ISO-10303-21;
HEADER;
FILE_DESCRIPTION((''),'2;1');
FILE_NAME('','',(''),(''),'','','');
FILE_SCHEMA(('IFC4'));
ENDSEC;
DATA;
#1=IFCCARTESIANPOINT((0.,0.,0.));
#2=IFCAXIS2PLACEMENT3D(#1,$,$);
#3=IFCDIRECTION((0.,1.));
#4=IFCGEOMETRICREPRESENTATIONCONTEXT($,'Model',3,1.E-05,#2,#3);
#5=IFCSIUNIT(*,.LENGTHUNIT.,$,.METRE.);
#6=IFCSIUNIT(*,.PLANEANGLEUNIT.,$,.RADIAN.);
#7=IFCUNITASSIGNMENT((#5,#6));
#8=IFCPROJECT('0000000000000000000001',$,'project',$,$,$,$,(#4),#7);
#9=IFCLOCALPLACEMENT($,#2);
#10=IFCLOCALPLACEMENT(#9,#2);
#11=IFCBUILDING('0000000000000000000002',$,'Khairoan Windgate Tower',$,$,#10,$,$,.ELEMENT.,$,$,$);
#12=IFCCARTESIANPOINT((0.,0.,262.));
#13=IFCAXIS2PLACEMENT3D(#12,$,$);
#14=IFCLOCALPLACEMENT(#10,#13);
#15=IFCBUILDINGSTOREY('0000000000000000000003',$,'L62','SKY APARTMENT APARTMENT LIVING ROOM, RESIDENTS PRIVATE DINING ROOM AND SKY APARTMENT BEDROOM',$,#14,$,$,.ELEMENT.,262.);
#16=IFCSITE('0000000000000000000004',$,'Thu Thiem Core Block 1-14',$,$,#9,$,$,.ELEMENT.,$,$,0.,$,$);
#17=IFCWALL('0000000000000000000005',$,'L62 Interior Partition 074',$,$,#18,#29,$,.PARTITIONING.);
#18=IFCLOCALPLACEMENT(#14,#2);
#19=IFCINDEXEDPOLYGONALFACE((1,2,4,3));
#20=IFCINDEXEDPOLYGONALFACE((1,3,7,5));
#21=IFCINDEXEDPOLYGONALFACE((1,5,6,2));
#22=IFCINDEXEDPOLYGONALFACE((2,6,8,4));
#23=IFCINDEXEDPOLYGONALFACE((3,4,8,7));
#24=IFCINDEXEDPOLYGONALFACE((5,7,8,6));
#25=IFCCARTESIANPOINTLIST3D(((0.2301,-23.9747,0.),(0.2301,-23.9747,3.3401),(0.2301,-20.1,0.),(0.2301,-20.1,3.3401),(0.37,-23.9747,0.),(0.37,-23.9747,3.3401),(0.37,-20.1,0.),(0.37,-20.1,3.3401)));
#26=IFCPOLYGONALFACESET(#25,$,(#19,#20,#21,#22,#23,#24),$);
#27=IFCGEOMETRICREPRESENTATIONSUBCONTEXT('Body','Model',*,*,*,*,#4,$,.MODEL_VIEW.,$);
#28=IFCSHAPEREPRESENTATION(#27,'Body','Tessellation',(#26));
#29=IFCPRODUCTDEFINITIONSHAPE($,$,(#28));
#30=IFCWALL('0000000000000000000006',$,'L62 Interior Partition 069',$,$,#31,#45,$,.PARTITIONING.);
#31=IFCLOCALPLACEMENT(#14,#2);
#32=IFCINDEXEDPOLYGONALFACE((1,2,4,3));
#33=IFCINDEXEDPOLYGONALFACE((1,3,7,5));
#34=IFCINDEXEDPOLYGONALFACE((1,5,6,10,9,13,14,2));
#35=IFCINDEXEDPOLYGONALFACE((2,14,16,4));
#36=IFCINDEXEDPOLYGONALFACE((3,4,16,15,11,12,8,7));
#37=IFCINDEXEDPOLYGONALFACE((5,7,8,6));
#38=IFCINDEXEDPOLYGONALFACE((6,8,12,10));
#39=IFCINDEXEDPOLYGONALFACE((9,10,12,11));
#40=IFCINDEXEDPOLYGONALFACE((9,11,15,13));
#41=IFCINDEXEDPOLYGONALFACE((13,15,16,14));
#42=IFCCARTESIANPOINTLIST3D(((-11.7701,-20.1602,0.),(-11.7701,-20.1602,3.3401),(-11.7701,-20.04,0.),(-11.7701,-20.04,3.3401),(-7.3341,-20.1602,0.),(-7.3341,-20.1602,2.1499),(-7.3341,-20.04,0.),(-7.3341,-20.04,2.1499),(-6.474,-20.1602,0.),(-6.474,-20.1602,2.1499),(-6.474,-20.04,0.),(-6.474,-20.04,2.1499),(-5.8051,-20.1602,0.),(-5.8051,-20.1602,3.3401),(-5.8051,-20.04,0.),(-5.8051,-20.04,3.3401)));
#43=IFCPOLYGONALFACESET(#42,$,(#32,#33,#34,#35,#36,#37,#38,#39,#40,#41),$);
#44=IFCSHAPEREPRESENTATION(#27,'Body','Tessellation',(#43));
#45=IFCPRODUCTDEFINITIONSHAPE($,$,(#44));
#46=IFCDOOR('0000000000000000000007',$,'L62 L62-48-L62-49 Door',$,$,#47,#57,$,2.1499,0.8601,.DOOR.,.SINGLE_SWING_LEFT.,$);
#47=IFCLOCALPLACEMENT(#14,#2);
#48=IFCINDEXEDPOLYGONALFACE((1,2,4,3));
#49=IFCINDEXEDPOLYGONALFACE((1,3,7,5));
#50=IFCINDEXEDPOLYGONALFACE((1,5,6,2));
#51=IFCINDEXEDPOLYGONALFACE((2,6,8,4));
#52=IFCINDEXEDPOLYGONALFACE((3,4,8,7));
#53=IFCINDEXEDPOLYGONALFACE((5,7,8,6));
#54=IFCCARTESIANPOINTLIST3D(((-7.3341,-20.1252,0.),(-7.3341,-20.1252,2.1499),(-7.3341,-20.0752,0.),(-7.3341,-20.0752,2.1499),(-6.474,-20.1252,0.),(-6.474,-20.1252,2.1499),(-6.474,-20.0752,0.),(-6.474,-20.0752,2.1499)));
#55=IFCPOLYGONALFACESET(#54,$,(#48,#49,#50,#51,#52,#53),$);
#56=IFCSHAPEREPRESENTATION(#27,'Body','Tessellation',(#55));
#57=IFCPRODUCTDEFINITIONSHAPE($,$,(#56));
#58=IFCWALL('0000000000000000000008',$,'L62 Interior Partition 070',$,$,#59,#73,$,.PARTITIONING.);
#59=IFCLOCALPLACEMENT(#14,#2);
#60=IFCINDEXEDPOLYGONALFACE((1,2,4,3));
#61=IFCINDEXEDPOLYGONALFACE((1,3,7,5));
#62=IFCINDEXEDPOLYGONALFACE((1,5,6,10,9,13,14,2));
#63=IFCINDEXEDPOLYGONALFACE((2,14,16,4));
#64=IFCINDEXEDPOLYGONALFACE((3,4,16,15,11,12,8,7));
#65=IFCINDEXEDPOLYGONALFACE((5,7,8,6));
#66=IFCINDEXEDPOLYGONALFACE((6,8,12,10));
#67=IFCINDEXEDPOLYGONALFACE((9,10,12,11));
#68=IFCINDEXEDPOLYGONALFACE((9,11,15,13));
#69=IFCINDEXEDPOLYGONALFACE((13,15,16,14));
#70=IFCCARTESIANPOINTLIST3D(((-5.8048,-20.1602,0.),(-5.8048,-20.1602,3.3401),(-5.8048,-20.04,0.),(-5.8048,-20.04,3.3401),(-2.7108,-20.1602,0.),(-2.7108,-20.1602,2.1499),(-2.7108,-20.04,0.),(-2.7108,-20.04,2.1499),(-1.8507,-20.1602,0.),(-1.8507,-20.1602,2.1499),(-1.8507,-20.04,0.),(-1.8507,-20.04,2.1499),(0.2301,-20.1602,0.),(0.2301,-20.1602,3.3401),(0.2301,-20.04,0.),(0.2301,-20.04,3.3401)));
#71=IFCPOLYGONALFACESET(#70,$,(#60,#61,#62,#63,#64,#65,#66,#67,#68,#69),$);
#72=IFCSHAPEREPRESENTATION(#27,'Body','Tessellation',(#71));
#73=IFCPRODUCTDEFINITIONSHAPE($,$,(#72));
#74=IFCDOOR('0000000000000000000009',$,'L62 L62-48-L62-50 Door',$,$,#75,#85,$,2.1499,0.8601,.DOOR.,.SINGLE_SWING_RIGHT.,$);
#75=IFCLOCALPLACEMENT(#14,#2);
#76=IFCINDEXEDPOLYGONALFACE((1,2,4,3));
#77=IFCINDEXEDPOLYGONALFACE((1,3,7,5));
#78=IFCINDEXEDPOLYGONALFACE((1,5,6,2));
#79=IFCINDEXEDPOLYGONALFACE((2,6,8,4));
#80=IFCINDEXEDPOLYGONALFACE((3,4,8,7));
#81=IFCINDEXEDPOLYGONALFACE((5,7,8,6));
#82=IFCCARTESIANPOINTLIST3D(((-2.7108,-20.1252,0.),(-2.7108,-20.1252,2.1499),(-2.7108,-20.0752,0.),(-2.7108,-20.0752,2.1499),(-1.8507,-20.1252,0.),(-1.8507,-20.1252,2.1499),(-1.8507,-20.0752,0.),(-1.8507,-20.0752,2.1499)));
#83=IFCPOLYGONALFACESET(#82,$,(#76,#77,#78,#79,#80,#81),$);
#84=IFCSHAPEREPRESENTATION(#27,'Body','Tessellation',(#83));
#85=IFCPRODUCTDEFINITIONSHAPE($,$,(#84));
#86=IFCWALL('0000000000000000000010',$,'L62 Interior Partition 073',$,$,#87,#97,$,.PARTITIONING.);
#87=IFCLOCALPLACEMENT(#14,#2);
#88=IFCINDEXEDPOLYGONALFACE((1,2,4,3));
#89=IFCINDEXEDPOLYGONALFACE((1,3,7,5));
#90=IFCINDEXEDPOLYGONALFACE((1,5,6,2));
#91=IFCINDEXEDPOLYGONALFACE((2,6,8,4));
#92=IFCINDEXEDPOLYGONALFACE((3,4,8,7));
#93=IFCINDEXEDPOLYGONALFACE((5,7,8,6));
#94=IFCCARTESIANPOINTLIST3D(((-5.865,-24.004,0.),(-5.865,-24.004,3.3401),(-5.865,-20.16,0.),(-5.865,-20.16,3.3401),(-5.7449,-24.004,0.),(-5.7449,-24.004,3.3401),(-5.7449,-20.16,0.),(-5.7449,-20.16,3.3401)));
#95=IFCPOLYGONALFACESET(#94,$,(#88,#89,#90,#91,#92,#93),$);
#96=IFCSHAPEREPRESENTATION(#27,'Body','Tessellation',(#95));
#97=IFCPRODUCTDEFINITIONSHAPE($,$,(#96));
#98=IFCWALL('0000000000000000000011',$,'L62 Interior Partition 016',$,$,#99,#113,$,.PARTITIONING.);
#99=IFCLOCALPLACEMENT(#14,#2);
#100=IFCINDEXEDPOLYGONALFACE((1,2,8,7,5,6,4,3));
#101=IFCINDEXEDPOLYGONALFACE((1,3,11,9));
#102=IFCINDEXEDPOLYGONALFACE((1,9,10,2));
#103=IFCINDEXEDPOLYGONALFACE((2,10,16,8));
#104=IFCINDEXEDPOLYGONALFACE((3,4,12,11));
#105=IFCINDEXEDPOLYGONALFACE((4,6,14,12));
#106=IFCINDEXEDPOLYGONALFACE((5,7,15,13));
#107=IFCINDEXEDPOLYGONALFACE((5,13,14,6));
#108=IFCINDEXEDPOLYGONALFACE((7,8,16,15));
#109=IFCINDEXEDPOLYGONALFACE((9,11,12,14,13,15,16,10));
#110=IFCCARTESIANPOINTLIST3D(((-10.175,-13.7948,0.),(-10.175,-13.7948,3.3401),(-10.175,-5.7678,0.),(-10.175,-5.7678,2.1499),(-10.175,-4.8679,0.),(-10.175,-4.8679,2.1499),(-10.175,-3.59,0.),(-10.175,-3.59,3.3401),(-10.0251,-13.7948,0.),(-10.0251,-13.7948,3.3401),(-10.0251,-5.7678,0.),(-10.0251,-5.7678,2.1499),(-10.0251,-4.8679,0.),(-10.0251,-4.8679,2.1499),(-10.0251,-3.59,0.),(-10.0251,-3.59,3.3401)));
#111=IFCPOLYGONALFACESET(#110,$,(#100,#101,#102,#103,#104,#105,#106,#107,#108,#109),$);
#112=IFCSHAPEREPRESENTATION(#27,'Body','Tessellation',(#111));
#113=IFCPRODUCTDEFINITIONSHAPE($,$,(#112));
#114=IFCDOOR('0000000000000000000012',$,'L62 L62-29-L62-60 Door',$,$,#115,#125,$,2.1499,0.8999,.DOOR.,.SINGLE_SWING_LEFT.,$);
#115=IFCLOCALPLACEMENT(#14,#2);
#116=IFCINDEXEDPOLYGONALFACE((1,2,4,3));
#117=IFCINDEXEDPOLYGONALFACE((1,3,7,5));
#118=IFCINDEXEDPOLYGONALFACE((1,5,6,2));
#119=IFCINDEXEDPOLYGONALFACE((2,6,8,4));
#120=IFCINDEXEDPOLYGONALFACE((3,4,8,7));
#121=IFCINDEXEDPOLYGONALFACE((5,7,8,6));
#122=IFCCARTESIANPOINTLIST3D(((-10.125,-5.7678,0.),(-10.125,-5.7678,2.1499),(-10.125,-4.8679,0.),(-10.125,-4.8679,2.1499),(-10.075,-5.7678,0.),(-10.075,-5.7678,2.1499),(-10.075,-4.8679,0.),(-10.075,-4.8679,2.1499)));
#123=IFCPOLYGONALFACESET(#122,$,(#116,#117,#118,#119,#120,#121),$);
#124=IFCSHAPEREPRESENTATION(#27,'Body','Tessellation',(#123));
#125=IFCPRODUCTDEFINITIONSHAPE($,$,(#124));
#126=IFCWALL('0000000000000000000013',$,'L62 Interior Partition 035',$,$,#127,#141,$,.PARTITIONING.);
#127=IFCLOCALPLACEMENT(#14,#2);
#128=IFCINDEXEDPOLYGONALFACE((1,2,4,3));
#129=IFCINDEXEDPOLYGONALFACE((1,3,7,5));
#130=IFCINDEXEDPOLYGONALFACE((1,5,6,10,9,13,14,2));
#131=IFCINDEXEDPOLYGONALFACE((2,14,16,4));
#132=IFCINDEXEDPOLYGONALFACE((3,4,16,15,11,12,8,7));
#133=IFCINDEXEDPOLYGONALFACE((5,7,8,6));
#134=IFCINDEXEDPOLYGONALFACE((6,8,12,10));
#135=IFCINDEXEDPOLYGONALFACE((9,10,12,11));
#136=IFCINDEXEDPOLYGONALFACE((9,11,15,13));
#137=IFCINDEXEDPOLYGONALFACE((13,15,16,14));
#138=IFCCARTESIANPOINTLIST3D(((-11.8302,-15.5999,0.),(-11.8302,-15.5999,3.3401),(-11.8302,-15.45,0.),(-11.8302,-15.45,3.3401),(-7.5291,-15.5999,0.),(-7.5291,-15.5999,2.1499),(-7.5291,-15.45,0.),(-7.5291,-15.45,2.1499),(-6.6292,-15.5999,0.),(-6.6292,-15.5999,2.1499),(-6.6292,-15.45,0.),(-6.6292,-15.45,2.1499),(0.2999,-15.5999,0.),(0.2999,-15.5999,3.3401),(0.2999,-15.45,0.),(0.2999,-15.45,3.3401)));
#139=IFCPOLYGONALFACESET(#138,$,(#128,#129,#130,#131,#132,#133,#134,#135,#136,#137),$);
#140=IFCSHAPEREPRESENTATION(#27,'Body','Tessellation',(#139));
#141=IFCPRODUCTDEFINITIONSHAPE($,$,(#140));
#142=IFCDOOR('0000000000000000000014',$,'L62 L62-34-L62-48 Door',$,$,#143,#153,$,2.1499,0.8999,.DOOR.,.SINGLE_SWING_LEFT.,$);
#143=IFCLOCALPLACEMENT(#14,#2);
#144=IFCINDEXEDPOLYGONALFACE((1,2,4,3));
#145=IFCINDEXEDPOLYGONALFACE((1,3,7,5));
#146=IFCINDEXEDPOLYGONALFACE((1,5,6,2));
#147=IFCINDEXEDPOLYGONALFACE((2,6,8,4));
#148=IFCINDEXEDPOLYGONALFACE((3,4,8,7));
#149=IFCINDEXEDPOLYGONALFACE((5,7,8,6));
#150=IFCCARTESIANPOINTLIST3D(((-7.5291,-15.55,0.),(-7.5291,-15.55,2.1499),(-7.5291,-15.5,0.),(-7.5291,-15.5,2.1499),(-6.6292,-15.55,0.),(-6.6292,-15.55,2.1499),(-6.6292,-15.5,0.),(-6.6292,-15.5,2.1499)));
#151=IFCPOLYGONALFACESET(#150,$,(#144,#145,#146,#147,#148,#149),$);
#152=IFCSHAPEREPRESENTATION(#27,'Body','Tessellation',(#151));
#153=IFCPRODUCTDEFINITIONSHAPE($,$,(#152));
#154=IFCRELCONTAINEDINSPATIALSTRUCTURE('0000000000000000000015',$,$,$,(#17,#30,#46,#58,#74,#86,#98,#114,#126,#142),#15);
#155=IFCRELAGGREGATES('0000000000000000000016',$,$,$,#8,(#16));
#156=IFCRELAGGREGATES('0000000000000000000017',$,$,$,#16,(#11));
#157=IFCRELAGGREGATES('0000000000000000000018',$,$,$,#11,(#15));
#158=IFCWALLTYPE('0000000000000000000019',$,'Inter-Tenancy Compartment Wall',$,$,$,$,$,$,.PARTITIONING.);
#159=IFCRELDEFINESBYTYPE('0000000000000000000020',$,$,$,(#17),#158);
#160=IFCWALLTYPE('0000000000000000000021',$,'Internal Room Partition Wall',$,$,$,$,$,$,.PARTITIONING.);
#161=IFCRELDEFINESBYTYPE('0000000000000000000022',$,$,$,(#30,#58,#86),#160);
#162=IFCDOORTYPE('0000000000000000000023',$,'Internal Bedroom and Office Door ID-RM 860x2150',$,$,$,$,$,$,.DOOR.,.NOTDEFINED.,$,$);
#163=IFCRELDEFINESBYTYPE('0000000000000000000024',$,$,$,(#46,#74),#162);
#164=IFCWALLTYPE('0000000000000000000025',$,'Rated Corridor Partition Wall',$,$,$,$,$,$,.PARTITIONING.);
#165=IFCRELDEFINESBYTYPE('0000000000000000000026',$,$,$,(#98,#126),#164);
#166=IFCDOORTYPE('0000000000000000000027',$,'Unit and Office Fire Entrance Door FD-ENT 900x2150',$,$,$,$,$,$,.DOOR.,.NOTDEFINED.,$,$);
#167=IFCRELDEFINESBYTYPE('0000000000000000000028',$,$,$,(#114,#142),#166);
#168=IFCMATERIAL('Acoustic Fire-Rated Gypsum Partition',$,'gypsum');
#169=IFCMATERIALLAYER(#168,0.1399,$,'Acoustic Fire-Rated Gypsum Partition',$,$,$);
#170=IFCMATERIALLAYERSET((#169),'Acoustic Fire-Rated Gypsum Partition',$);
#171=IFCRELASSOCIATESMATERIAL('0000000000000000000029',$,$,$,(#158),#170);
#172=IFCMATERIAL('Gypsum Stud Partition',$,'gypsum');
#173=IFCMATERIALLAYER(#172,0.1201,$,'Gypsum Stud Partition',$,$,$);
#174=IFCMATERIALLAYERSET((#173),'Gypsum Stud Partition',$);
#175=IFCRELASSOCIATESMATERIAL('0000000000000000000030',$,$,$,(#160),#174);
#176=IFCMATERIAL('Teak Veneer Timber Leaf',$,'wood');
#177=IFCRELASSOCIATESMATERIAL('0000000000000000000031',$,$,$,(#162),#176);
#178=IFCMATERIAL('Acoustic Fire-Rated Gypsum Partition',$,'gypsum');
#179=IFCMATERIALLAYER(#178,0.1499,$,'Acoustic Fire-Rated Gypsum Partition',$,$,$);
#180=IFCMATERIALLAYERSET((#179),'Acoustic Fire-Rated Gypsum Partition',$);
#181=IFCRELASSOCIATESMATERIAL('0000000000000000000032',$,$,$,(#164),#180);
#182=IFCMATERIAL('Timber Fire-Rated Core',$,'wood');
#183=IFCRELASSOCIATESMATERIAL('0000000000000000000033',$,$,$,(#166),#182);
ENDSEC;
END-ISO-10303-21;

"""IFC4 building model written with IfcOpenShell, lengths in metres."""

from ifc_helpers import new_model, si_unit, direction, frame, frame_2d, origin, place, context, subcontext, project, spatial, rectangle, extrude, material, layer, layer_set, type_object, element, fill, save


model = new_model("IFC4")

# Units and contexts
model_context = context("Model", 3, precision=1e-05, world=origin(), true_north=direction((0.0, 1.0)))
body_context = subcontext(model_context, "Body", "Model", "MODEL_VIEW")
ifc_project = project(units=[si_unit("LENGTHUNIT", "METRE"), si_unit("PLANEANGLEUNIT", "RADIAN")], contexts=[model_context])

# Site, building, storey
site_placement = place(None, origin())
site = spatial("IfcSite", under=ifc_project, at=site_placement, Name="Thu Thiem Core Block 1-14", CompositionType="ELEMENT", RefElevation=0.0)
building_placement = place(site_placement, origin())
building = spatial("IfcBuilding", under=site, at=building_placement, Name="Khairoan Windgate Tower", CompositionType="ELEMENT")
storey_placement = place(building_placement, frame((0.0, 0.0, 262.0)))
storey = spatial("IfcBuildingStorey", under=building, at=storey_placement, Name="L62", Description="SKY APARTMENT APARTMENT LIVING ROOM, RESIDENTS PRIVATE DINING ROOM AND SKY APARTMENT BEDROOM", CompositionType="ELEMENT", Elevation=262.0)

# Wall
ifc_material_1 = material(Name="Acoustic Fire-Rated Gypsum Partition", Category="gypsum")
ifc_layer_1 = layer(ifc_material_1, 0.1399, Name="Acoustic Fire-Rated Gypsum Partition")
ifc_layer_set_1 = layer_set([ifc_layer_1], Name="Acoustic Fire-Rated Gypsum Partition")
wall_type_1 = type_object("IfcWallType", Name="Inter-Tenancy Compartment Wall", PredefinedType="PARTITIONING", material=ifc_layer_set_1)
wall_1_placement = place(storey_placement, frame((0.3, -23.9749, 0.0), z_axis=(0.0, 0.0, 1.0), x_axis=(0.0, 1.0, 0.0)))
element("IfcWall", 1, at=wall_1_placement, inside=storey, type_object=wall_type_1, Name="L62 Interior Partition 074", PredefinedType="PARTITIONING", context=body_context, shape_type="SweptSolid", body=[
    extrude(rectangle(XDim=3.8748, YDim=0.1399, at=frame_2d((1.9375, 0.0))), origin(), (0.0, 0.0, 1.0), 3.3401),
])

# Walls, openings, doors
ifc_material_2 = material(Name="Gypsum Stud Partition", Category="gypsum")
ifc_layer_2 = layer(ifc_material_2, 0.1201, Name="Gypsum Stud Partition")
ifc_layer_set_2 = layer_set([ifc_layer_2], Name="Gypsum Stud Partition")
wall_type_2 = type_object("IfcWallType", Name="Internal Room Partition Wall", PredefinedType="PARTITIONING", material=ifc_layer_set_2)
wall_2_placement = place(storey_placement, frame((-11.77, -20.1001, 0.0), z_axis=(0.0, 0.0, 1.0), x_axis=(1.0, 0.0, 0.0)))
wall_2 = element("IfcWall", 2, at=wall_2_placement, inside=storey, type_object=wall_type_2, Name="L62 Interior Partition 069", PredefinedType="PARTITIONING", context=body_context, shape_type="SweptSolid", body=[
    extrude(rectangle(XDim=5.9651, YDim=0.1201, at=frame_2d((2.9824, 0.0))), origin(), (0.0, 0.0, 1.0), 3.3401),
])
opening_1_placement = place(wall_2_placement, frame((4.4358, 0.0, 0.0)))
opening_1 = element("IfcOpeningElement", 3, at=opening_1_placement, cuts=wall_2, PredefinedType="OPENING", context=body_context, shape_type="SweptSolid", body=[
    extrude(rectangle(XDim=0.8601, YDim=2.1499, at=frame_2d((0.4302, 1.075))), frame((0.0, 0.0701, 0.0), z_axis=(0.0, -1.0, 0.0), x_axis=(1.0, 0.0, 0.0)), (0.0, 0.0, 1.0), 0.1401),
])
ifc_material_3 = material(Name="Teak Veneer Timber Leaf", Category="wood")
door_type_1 = type_object("IfcDoorType", Name="Internal Bedroom and Office Door ID-RM 860x2150", OperationType="NOTDEFINED", PredefinedType="DOOR", material=ifc_material_3)
door_1_placement = place(opening_1_placement, origin())
door_1 = element("IfcDoor", 4, at=door_1_placement, inside=storey, type_object=door_type_1, Name="L62 L62-48-L62-49 Door", OperationType="SINGLE_SWING_LEFT", OverallHeight=2.1499, OverallWidth=0.8601, PredefinedType="DOOR", context=body_context, shape_type="SweptSolid", body=[
    extrude(rectangle(XDim=0.8601, YDim=2.1499, at=frame_2d((0.4302, 1.075))), frame((0.0, 0.0249, 0.0), z_axis=(0.0, -1.0, 0.0), x_axis=(1.0, 0.0, 0.0)), (0.0, 0.0, 1.0), 0.05),
])
fill(opening_1, door_1)
wall_3_placement = place(storey_placement, frame((-5.8049, -20.1001, 0.0), z_axis=(0.0, 0.0, 1.0), x_axis=(1.0, 0.0, 0.0)))
wall_3 = element("IfcWall", 5, at=wall_3_placement, inside=storey, type_object=wall_type_2, Name="L62 Interior Partition 070", PredefinedType="PARTITIONING", context=body_context, shape_type="SweptSolid", body=[
    extrude(rectangle(XDim=6.0349, YDim=0.1201, at=frame_2d((3.0176, 0.0))), origin(), (0.0, 0.0, 1.0), 3.3401),
])
opening_2_placement = place(wall_3_placement, frame((3.094, 0.0, 0.0)))
opening_2 = element("IfcOpeningElement", 6, at=opening_2_placement, cuts=wall_3, PredefinedType="OPENING", context=body_context, shape_type="SweptSolid", body=[
    extrude(rectangle(XDim=0.8601, YDim=2.1499, at=frame_2d((0.4302, 1.075))), frame((0.0, 0.0701, 0.0), z_axis=(0.0, -1.0, 0.0), x_axis=(1.0, 0.0, 0.0)), (0.0, 0.0, 1.0), 0.1401),
])
door_2_placement = place(opening_2_placement, origin())
door_2 = element("IfcDoor", 7, at=door_2_placement, inside=storey, type_object=door_type_1, Name="L62 L62-48-L62-50 Door", OperationType="SINGLE_SWING_RIGHT", OverallHeight=2.1499, OverallWidth=0.8601, PredefinedType="DOOR", context=body_context, shape_type="SweptSolid", body=[
    extrude(rectangle(XDim=0.8601, YDim=2.1499, at=frame_2d((0.4302, 1.075))), frame((0.0, 0.0249, 0.0), z_axis=(0.0, -1.0, 0.0), x_axis=(1.0, 0.0, 0.0)), (0.0, 0.0, 1.0), 0.05),
])
fill(opening_2, door_2)

# Wall
wall_4_placement = place(storey_placement, frame((-5.8049, -24.0039, 0.0), z_axis=(0.0, 0.0, 1.0), x_axis=(0.0, 1.0, 0.0)))
element("IfcWall", 8, at=wall_4_placement, inside=storey, type_object=wall_type_2, Name="L62 Interior Partition 073", PredefinedType="PARTITIONING", context=body_context, shape_type="SweptSolid", body=[
    extrude(rectangle(XDim=3.844, YDim=0.1201, at=frame_2d((1.9219, 0.0))), origin(), (0.0, 0.0, 1.0), 3.3401),
])

# Walls, openings, doors
ifc_material_4 = material(Name="Acoustic Fire-Rated Gypsum Partition", Category="gypsum")
ifc_layer_3 = layer(ifc_material_4, 0.1499, Name="Acoustic Fire-Rated Gypsum Partition")
ifc_layer_set_3 = layer_set([ifc_layer_3], Name="Acoustic Fire-Rated Gypsum Partition")
wall_type_3 = type_object("IfcWallType", Name="Rated Corridor Partition Wall", PredefinedType="PARTITIONING", material=ifc_layer_set_3)
wall_5_placement = place(storey_placement, frame((-10.1001, -13.7949, 0.0), z_axis=(0.0, 0.0, 1.0), x_axis=(0.0, 1.0, 0.0)))
wall_5 = element("IfcWall", 9, at=wall_5_placement, inside=storey, type_object=wall_type_3, Name="L62 Interior Partition 016", PredefinedType="PARTITIONING", context=body_context, shape_type="SweptSolid", body=[
    extrude(rectangle(XDim=10.2048, YDim=0.1499, at=frame_2d((5.1025, 0.0))), origin(), (0.0, 0.0, 1.0), 3.3401),
])
opening_3_placement = place(wall_5_placement, frame((8.0271, 0.0, 0.0)))
opening_3 = element("IfcOpeningElement", 10, at=opening_3_placement, cuts=wall_5, PredefinedType="OPENING", context=body_context, shape_type="SweptSolid", body=[
    extrude(rectangle(XDim=0.8999, YDim=2.1499, at=frame_2d((0.45, 1.075))), frame((0.0, 0.085, 0.0), z_axis=(0.0, -1.0, 0.0), x_axis=(1.0, 0.0, 0.0)), (0.0, 0.0, 1.0), 0.1699),
])
ifc_material_5 = material(Name="Timber Fire-Rated Core", Category="wood")
door_type_2 = type_object("IfcDoorType", Name="Unit and Office Fire Entrance Door FD-ENT 900x2150", OperationType="NOTDEFINED", PredefinedType="DOOR", material=ifc_material_5)
door_3_placement = place(opening_3_placement, origin())
door_3 = element("IfcDoor", 11, at=door_3_placement, inside=storey, type_object=door_type_2, Name="L62 L62-29-L62-60 Door", OperationType="SINGLE_SWING_LEFT", OverallHeight=2.1499, OverallWidth=0.8999, PredefinedType="DOOR", context=body_context, shape_type="SweptSolid", body=[
    extrude(rectangle(XDim=0.8999, YDim=2.1499, at=frame_2d((0.45, 1.075))), frame((0.0, 0.0249, 0.0), z_axis=(0.0, -1.0, 0.0), x_axis=(1.0, 0.0, 0.0)), (0.0, 0.0, 1.0), 0.05),
])
fill(opening_3, door_3)
wall_6_placement = place(storey_placement, frame((-11.8301, -15.5249, 0.0), z_axis=(0.0, 0.0, 1.0), x_axis=(1.0, 0.0, 0.0)))
wall_6 = element("IfcWall", 12, at=wall_6_placement, inside=storey, type_object=wall_type_3, Name="L62 Interior Partition 035", PredefinedType="PARTITIONING", context=body_context, shape_type="SweptSolid", body=[
    extrude(rectangle(XDim=12.1301, YDim=0.1499, at=frame_2d((6.0649, 0.0))), origin(), (0.0, 0.0, 1.0), 3.3401),
])
opening_4_placement = place(wall_6_placement, frame((4.301, 0.0, 0.0)))
opening_4 = element("IfcOpeningElement", 13, at=opening_4_placement, cuts=wall_6, PredefinedType="OPENING", context=body_context, shape_type="SweptSolid", body=[
    extrude(rectangle(XDim=0.8999, YDim=2.1499, at=frame_2d((0.45, 1.075))), frame((0.0, 0.085, 0.0), z_axis=(0.0, -1.0, 0.0), x_axis=(1.0, 0.0, 0.0)), (0.0, 0.0, 1.0), 0.1699),
])
door_4_placement = place(opening_4_placement, origin())
door_4 = element("IfcDoor", 14, at=door_4_placement, inside=storey, type_object=door_type_2, Name="L62 L62-34-L62-48 Door", OperationType="SINGLE_SWING_LEFT", OverallHeight=2.1499, OverallWidth=0.8999, PredefinedType="DOOR", context=body_context, shape_type="SweptSolid", body=[
    extrude(rectangle(XDim=0.8999, YDim=2.1499, at=frame_2d((0.45, 1.075))), frame((0.0, 0.0249, 0.0), z_axis=(0.0, -1.0, 0.0), x_axis=(1.0, 0.0, 0.0)), (0.0, 0.0, 1.0), 0.05),
])
fill(opening_4, door_4)

save(model, "model.ifc")
